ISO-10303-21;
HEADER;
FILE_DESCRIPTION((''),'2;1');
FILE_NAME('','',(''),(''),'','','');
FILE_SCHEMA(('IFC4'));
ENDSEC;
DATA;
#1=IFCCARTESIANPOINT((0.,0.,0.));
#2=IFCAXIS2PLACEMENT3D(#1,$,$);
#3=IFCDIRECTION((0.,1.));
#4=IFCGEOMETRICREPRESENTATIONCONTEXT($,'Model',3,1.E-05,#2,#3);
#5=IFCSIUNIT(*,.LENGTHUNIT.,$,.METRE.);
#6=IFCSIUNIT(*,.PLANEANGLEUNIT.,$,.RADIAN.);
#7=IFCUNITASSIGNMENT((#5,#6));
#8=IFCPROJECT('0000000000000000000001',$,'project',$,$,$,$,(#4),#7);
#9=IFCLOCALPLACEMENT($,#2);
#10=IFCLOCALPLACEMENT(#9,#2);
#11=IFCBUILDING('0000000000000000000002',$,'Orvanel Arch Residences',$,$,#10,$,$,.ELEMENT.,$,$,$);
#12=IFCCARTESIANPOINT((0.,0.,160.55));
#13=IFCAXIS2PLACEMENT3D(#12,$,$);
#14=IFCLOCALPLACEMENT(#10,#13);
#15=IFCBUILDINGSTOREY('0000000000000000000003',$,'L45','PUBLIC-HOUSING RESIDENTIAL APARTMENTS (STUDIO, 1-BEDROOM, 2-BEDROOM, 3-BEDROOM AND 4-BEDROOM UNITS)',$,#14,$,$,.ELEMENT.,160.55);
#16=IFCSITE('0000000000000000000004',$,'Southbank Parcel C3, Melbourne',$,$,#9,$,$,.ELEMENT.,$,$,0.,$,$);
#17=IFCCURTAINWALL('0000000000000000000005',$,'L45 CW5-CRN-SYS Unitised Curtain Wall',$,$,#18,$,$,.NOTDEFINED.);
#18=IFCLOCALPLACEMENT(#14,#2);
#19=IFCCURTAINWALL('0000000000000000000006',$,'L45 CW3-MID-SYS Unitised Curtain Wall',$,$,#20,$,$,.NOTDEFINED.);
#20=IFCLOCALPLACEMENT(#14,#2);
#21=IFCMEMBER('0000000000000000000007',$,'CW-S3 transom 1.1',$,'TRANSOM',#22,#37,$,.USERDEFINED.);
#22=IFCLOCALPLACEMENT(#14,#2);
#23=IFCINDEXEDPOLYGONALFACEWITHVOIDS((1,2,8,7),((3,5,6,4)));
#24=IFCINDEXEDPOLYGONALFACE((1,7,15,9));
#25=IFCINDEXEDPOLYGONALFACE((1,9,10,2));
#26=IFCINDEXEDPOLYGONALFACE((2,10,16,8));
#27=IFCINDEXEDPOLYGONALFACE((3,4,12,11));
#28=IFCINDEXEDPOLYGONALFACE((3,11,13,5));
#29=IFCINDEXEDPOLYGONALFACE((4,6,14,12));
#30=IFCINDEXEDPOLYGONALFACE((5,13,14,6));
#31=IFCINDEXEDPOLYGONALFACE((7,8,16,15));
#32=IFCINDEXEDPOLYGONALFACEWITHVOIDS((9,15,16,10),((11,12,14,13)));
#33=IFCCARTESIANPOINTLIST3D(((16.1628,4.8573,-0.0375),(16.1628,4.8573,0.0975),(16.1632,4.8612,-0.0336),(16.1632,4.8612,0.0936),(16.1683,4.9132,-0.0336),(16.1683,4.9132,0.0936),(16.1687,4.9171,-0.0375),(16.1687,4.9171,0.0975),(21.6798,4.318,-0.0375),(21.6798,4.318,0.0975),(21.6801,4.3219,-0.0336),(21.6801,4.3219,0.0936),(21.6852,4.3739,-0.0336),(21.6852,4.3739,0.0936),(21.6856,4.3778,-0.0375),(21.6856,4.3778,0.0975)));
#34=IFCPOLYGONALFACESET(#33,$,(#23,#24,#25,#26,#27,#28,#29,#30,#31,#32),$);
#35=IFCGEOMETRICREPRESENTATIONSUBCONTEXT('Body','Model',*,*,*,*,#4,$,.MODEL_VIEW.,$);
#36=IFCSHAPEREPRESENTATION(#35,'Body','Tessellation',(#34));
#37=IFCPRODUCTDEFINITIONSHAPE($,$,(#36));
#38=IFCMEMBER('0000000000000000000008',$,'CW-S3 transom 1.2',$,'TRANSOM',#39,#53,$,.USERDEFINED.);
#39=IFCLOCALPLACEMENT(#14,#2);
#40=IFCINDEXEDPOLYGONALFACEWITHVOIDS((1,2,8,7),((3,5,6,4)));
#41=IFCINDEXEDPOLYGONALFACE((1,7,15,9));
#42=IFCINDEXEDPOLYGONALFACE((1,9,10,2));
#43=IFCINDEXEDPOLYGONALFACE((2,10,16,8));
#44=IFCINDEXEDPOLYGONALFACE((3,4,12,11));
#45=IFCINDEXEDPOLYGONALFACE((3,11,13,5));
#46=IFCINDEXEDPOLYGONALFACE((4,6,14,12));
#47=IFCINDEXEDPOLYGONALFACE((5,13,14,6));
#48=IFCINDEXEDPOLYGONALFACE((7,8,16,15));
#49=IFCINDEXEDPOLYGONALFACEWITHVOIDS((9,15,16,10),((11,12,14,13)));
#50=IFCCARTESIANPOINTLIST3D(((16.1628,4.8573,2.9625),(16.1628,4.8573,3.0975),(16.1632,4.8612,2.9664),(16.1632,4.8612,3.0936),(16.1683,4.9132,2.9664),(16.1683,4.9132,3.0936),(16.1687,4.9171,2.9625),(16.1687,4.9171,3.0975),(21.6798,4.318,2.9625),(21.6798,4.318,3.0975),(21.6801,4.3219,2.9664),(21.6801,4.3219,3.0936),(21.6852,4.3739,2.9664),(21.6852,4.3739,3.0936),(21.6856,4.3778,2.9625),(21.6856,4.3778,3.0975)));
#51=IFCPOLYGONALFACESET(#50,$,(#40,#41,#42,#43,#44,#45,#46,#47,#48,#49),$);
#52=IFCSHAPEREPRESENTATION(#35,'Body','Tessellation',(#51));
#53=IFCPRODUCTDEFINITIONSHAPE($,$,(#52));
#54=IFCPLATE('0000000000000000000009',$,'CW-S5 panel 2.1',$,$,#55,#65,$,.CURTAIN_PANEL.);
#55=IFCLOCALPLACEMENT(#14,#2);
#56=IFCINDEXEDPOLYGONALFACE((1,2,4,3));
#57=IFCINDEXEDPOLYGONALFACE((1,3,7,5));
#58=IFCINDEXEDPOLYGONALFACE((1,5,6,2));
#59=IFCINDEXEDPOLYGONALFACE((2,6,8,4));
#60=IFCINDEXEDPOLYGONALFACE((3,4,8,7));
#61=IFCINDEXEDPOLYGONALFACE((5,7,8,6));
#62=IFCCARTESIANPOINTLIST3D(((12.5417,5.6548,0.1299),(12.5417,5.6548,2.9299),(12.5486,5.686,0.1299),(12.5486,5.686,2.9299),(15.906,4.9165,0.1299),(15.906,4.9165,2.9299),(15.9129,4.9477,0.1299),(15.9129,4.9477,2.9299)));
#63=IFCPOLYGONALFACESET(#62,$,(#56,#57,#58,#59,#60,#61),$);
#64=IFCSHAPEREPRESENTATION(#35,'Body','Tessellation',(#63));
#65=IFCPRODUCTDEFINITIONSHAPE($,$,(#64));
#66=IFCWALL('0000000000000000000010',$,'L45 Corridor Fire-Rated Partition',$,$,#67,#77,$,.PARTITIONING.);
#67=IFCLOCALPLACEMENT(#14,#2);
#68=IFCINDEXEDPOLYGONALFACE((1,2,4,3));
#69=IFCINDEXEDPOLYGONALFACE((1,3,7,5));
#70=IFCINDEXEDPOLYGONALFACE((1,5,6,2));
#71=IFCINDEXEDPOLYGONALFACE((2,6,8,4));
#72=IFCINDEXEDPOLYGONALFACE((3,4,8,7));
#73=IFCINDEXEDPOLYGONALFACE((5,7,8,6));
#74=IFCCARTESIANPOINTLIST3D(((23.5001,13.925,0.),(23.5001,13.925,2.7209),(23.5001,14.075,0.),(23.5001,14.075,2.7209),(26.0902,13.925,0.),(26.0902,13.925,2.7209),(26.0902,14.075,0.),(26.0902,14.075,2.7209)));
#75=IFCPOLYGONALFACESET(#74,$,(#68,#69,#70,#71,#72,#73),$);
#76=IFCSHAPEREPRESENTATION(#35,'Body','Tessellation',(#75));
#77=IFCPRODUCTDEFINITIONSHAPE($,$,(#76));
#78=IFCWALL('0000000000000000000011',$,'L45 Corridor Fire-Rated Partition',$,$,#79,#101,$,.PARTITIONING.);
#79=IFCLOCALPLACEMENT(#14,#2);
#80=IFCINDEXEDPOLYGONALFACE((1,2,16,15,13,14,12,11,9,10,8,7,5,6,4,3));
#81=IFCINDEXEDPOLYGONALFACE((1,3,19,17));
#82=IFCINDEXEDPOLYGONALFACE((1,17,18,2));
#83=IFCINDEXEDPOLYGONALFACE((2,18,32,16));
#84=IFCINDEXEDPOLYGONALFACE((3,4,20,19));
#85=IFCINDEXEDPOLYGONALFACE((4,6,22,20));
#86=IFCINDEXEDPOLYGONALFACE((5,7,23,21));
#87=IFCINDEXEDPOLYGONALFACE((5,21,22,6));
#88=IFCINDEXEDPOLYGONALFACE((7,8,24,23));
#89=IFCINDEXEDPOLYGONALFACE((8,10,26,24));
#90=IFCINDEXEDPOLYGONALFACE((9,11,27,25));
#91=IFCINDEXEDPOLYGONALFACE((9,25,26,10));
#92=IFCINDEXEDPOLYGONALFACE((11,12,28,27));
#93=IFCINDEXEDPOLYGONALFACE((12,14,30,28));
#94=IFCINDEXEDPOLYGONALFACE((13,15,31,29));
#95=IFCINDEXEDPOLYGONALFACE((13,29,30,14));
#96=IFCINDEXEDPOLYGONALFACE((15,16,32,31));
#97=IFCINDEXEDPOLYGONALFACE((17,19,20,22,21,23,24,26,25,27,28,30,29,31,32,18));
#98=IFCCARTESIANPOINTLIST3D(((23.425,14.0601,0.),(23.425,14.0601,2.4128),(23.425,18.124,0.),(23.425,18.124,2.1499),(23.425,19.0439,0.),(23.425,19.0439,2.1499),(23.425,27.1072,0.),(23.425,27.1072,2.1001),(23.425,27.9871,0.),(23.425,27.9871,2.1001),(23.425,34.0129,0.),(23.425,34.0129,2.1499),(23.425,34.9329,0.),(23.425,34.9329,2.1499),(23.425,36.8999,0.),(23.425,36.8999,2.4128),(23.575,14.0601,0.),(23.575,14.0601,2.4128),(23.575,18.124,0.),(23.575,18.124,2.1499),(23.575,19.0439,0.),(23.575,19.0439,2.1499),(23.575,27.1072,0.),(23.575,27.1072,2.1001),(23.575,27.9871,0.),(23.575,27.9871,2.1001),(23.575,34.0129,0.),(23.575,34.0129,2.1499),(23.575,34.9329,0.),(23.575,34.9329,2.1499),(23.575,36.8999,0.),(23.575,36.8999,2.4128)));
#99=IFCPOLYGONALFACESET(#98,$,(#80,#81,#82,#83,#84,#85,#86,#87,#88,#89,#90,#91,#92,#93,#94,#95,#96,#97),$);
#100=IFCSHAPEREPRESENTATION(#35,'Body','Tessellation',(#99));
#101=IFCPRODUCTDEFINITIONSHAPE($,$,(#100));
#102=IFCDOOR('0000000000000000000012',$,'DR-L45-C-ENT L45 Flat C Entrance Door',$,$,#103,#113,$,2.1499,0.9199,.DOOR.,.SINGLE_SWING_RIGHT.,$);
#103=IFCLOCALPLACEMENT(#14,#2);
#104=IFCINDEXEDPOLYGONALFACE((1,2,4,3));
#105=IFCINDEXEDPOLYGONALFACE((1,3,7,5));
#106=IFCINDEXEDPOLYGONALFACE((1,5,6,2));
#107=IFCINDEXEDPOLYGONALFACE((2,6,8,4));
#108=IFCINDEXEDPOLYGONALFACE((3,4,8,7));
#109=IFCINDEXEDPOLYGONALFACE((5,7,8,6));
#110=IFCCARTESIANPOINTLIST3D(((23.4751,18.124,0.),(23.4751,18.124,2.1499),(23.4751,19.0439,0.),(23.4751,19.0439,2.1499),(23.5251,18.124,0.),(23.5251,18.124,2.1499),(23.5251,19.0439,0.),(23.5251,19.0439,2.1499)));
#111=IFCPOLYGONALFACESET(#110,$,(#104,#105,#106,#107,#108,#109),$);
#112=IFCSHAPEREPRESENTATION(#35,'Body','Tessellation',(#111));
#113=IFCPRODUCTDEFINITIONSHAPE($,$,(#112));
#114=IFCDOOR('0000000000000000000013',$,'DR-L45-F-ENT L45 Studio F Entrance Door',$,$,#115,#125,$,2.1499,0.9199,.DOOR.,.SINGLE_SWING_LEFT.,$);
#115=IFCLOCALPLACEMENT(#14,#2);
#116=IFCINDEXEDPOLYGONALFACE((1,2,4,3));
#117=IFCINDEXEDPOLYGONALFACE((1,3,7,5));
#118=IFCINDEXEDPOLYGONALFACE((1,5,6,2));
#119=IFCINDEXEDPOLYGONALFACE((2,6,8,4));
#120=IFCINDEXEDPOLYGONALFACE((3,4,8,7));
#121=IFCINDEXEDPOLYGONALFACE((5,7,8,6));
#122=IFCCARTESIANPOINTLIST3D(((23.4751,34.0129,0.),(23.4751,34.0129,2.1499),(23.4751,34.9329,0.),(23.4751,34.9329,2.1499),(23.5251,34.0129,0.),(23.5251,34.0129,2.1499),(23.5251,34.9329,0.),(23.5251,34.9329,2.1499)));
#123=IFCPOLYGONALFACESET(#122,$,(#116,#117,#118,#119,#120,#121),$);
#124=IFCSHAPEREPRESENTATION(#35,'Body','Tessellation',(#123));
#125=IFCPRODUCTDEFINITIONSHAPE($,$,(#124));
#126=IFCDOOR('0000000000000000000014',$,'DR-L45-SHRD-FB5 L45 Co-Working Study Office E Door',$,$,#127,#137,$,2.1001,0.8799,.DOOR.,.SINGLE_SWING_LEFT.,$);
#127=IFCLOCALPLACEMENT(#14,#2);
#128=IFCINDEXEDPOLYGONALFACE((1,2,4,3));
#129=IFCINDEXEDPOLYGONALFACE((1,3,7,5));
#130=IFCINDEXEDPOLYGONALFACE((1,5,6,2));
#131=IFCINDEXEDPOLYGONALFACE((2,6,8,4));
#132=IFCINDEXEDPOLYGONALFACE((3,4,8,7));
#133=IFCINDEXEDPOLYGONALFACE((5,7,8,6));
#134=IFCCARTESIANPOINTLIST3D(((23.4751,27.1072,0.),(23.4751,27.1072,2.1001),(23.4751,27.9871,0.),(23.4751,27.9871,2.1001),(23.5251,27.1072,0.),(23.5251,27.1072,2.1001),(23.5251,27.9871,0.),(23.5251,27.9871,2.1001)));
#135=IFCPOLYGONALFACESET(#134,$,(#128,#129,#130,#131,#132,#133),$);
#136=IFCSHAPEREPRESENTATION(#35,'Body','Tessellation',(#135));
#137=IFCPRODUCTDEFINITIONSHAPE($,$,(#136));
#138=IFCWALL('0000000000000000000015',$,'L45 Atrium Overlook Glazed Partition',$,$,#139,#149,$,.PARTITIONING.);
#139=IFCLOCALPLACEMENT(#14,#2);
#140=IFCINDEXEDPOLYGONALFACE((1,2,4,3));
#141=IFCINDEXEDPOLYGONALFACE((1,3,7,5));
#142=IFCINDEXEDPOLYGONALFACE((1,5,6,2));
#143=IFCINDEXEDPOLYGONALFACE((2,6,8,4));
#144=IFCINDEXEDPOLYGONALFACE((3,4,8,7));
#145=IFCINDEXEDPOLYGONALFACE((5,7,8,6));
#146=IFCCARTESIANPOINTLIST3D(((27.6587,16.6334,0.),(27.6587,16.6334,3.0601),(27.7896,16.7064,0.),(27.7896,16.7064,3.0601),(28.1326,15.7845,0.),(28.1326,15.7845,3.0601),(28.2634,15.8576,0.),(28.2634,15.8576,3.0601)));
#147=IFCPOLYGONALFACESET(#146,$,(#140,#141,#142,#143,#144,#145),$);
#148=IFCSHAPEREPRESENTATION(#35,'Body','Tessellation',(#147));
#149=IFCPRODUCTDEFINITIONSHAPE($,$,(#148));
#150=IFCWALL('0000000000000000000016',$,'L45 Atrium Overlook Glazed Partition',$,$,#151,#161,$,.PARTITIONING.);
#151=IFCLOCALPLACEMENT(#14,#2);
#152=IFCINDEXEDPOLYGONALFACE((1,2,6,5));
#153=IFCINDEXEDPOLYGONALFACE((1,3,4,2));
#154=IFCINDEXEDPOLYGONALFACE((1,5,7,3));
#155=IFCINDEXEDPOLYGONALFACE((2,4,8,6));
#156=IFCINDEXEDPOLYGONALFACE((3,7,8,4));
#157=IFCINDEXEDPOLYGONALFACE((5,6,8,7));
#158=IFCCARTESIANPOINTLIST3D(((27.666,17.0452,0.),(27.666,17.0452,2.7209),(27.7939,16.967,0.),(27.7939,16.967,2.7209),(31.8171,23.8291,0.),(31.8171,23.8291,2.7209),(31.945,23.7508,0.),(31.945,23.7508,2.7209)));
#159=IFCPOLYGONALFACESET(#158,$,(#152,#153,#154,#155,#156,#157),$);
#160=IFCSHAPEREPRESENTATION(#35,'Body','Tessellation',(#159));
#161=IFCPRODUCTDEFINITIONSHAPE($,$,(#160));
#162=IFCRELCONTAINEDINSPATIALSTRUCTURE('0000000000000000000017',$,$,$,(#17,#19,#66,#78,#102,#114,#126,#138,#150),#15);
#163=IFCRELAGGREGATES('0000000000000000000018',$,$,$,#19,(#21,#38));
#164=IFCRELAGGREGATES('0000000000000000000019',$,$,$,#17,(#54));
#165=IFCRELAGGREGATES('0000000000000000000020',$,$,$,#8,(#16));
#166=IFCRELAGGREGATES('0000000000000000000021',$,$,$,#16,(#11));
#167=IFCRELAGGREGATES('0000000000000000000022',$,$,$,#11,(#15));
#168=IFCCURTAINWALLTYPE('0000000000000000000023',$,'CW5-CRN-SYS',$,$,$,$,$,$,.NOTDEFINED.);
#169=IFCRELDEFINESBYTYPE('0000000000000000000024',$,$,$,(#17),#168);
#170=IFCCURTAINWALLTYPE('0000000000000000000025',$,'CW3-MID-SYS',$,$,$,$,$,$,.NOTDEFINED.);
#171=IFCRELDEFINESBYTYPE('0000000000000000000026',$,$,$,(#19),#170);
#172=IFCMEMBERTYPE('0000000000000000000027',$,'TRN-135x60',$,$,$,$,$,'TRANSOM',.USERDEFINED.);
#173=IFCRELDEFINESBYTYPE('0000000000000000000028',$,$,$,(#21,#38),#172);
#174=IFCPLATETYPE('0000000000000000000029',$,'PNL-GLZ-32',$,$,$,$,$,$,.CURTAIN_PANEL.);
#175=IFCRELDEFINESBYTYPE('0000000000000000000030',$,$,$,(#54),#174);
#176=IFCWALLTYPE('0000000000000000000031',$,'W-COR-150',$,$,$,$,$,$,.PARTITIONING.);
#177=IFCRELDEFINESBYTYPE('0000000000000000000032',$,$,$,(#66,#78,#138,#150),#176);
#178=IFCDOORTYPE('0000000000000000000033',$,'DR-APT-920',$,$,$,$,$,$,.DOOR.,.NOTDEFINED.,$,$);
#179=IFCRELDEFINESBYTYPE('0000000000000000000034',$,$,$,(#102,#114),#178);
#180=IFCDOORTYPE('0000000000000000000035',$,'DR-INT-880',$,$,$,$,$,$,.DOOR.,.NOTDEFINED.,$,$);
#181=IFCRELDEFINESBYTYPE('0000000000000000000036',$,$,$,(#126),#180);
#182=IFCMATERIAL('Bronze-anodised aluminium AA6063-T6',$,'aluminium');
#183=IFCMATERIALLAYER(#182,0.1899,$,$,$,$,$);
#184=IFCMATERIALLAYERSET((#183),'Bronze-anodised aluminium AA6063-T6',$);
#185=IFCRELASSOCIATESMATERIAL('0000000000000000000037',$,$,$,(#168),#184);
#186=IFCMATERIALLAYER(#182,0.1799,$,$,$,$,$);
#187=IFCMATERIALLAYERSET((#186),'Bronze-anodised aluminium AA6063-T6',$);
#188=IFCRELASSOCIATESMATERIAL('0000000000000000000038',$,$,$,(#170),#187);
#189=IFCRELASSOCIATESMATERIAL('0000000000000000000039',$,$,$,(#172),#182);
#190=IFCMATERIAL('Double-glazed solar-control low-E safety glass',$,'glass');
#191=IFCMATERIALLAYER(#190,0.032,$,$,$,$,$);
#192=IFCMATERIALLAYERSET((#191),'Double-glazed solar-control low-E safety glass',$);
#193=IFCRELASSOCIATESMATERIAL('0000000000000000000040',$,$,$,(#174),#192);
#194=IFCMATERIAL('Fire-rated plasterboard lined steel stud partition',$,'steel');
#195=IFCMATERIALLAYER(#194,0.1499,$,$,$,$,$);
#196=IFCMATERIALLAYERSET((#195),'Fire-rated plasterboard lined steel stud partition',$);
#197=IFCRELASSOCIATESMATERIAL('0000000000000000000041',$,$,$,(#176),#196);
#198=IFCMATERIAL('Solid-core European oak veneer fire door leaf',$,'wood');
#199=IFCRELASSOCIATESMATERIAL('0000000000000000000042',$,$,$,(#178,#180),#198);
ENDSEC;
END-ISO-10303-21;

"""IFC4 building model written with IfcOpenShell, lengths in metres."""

from ifc_helpers import new_model, si_unit, direction, frame, frame_2d, origin, origin_2d, place, context, subcontext, project, spatial, rectangle, hollow_rectangle, extrude, material, layer, layer_set, material_profile, profile_set, type_object, element, fill, aggregate, save


model = new_model("IFC4")

# Units and contexts
model_context = context("Model", 3, precision=1e-05, world=origin(), true_north=direction((0.0, 1.0)))
body_context = subcontext(model_context, "Body", "Model", "MODEL_VIEW")
ifc_project = project(units=[si_unit("LENGTHUNIT", "METRE"), si_unit("PLANEANGLEUNIT", "RADIAN")], contexts=[model_context])

# Site, building, storey
site_placement = place(None, origin())
site = spatial("IfcSite", under=ifc_project, at=site_placement, Name="Southbank Parcel C3, Melbourne", CompositionType="ELEMENT", RefElevation=0.0)
building_placement = place(site_placement, origin())
building = spatial("IfcBuilding", under=site, at=building_placement, Name="Orvanel Arch Residences", CompositionType="ELEMENT")
storey_placement = place(building_placement, frame((0.0, 0.0, 160.55)))
storey = spatial("IfcBuildingStorey", under=building, at=storey_placement, Name="L45", Description="PUBLIC-HOUSING RESIDENTIAL APARTMENTS (STUDIO, 1-BEDROOM, 2-BEDROOM, 3-BEDROOM AND 4-BEDROOM UNITS)", CompositionType="ELEMENT", Elevation=160.55)

# Curtain walls
ifc_material_1 = material(Name="Bronze-anodised aluminium AA6063-T6", Category="aluminium")
ifc_layer_1 = layer(ifc_material_1, 0.1899)
ifc_layer_set_1 = layer_set([ifc_layer_1], Name="Bronze-anodised aluminium AA6063-T6")
curtain_wall_type_1 = type_object("IfcCurtainWallType", Name="CW5-CRN-SYS", PredefinedType="NOTDEFINED", material=ifc_layer_set_1)
curtain_wall_1_placement = place(storey_placement, origin())
curtain_wall_1 = element("IfcCurtainWall", 1, at=curtain_wall_1_placement, inside=storey, type_object=curtain_wall_type_1, Name="L45 CW5-CRN-SYS Unitised Curtain Wall", PredefinedType="NOTDEFINED")
ifc_layer_2 = layer(ifc_material_1, 0.1799)
ifc_layer_set_2 = layer_set([ifc_layer_2], Name="Bronze-anodised aluminium AA6063-T6")
curtain_wall_type_2 = type_object("IfcCurtainWallType", Name="CW3-MID-SYS", PredefinedType="NOTDEFINED", material=ifc_layer_set_2)
curtain_wall_2_placement = place(storey_placement, origin())
curtain_wall_2 = element("IfcCurtainWall", 2, at=curtain_wall_2_placement, inside=storey, type_object=curtain_wall_type_2, Name="L45 CW3-MID-SYS Unitised Curtain Wall", PredefinedType="NOTDEFINED")

# Members
ifc_material_profile_1 = material_profile(ifc_material_1, hollow_rectangle(XDim=0.0601, YDim=0.135, WallThickness=0.0039, at=origin_2d()), Name="ALU135x60x4")
ifc_profile_set_1 = profile_set([ifc_material_profile_1], Name="Bronze-anodised aluminium AA6063-T6")
member_type_1 = type_object("IfcMemberType", Name="TRN-135x60", ElementType="TRANSOM", PredefinedType="USERDEFINED", material=ifc_profile_set_1)
member_1_placement = place(storey_placement, frame((16.1658, 4.8872, 0.03), z_axis=(0.995256, -0.097293, 0.0), x_axis=(0.097293, 0.995256, 0.0)))
member_1 = element("IfcMember", 3, at=member_1_placement, type_object=member_type_1, Name="CW-S3 transom 1.1", ObjectType="TRANSOM", PredefinedType="USERDEFINED", context=body_context, shape_type="SweptSolid", body=[
    extrude(hollow_rectangle(XDim=0.0601, YDim=0.135, WallThickness=0.0039, at=origin_2d()), origin(), (0.0, 0.0, 1.0), 5.5432),
])
member_2_placement = place(storey_placement, frame((16.1658, 4.8872, 3.03), z_axis=(0.995256, -0.097293, 0.0), x_axis=(0.097293, 0.995256, 0.0)))
member_2 = element("IfcMember", 4, at=member_2_placement, type_object=member_type_1, Name="CW-S3 transom 1.2", ObjectType="TRANSOM", PredefinedType="USERDEFINED", context=body_context, shape_type="SweptSolid", body=[
    extrude(hollow_rectangle(XDim=0.0601, YDim=0.135, WallThickness=0.0039, at=origin_2d()), origin(), (0.0, 0.0, 1.0), 5.5432),
])
aggregate(curtain_wall_2, [member_1, member_2])

# Plate
ifc_material_2 = material(Name="Double-glazed solar-control low-E safety glass", Category="glass")
ifc_layer_3 = layer(ifc_material_2, 0.032)
ifc_layer_set_3 = layer_set([ifc_layer_3], Name="Double-glazed solar-control low-E safety glass")
plate_type = type_object("IfcPlateType", Name="PNL-GLZ-32", PredefinedType="CURTAIN_PANEL", material=ifc_layer_set_3)
plate_placement = place(storey_placement, frame((14.2273, 5.3013, 0.1299), z_axis=(0.0, 0.0, 1.0), x_axis=(0.976758, -0.214347, 0.0)))
plate = element("IfcPlate", 5, at=plate_placement, type_object=plate_type, Name="CW-S5 panel 2.1", PredefinedType="CURTAIN_PANEL", context=body_context, shape_type="SweptSolid", body=[
    extrude(rectangle(XDim=3.4443, YDim=0.032, at=origin_2d()), origin(), (0.0, 0.0, 1.0), 2.8),
])
aggregate(curtain_wall_1, [plate])

# Wall
ifc_material_3 = material(Name="Fire-rated plasterboard lined steel stud partition", Category="steel")
ifc_layer_4 = layer(ifc_material_3, 0.1499)
ifc_layer_set_4 = layer_set([ifc_layer_4], Name="Fire-rated plasterboard lined steel stud partition")
wall_type_1 = type_object("IfcWallType", Name="W-COR-150", PredefinedType="PARTITIONING", material=ifc_layer_set_4)
wall_1_placement = place(storey_placement, frame((26.0901, 14.0, 0.0), z_axis=(0.0, 0.0, 1.0), x_axis=(-1.0, 0.0, 0.0)))
element("IfcWall", 6, at=wall_1_placement, inside=storey, type_object=wall_type_1, Name="L45 Corridor Fire-Rated Partition", PredefinedType="PARTITIONING", context=body_context, shape_type="SweptSolid", body=[
    extrude(rectangle(XDim=2.5901, YDim=0.1499, at=frame_2d((1.2949, 0.0))), origin(), (0.0, 0.0, 1.0), 2.7209),
])

# Wall, openings, doors
wall_2_placement = place(storey_placement, frame((23.5, 14.0601, 0.0), z_axis=(0.0, 0.0, 1.0), x_axis=(0.0, 1.0, 0.0)))
wall_2 = element("IfcWall", 7, at=wall_2_placement, inside=storey, type_object=wall_type_1, Name="L45 Corridor Fire-Rated Partition", PredefinedType="PARTITIONING", context=body_context, shape_type="SweptSolid", body=[
    extrude(rectangle(XDim=22.8398, YDim=0.1499, at=frame_2d((11.4199, 0.0))), origin(), (0.0, 0.0, 1.0), 2.4128),
])
opening_1_placement = place(wall_2_placement, frame((4.064, 0.0, 0.0)))
opening_1 = element("IfcOpeningElement", 8, at=opening_1_placement, cuts=wall_2, PredefinedType="OPENING", context=body_context, shape_type="SweptSolid", body=[
    extrude(rectangle(XDim=0.9199, YDim=2.1499, at=frame_2d((0.46, 1.075))), frame((0.0, 0.085, 0.0), z_axis=(0.0, -1.0, 0.0), x_axis=(1.0, 0.0, 0.0)), (0.0, 0.0, 1.0), 0.1699),
])
opening_2_placement = place(wall_2_placement, frame((13.0471, 0.0, 0.0)))
opening_2 = element("IfcOpeningElement", 9, at=opening_2_placement, cuts=wall_2, PredefinedType="OPENING", context=body_context, shape_type="SweptSolid", body=[
    extrude(rectangle(XDim=0.8799, YDim=2.1001, at=frame_2d((0.4399, 1.05))), frame((0.0, 0.085, 0.0), z_axis=(0.0, -1.0, 0.0), x_axis=(1.0, 0.0, 0.0)), (0.0, 0.0, 1.0), 0.1699),
])
opening_3_placement = place(wall_2_placement, frame((19.9529, 0.0, 0.0)))
opening_3 = element("IfcOpeningElement", 10, at=opening_3_placement, cuts=wall_2, PredefinedType="OPENING", context=body_context, shape_type="SweptSolid", body=[
    extrude(rectangle(XDim=0.9199, YDim=2.1499, at=frame_2d((0.46, 1.075))), frame((0.0, 0.085, 0.0), z_axis=(0.0, -1.0, 0.0), x_axis=(1.0, 0.0, 0.0)), (0.0, 0.0, 1.0), 0.1699),
])
ifc_material_4 = material(Name="Solid-core European oak veneer fire door leaf", Category="wood")
door_type_1 = type_object("IfcDoorType", Name="DR-APT-920", OperationType="NOTDEFINED", PredefinedType="DOOR", material=ifc_material_4)
door_1_placement = place(opening_1_placement, origin())
door_1 = element("IfcDoor", 11, at=door_1_placement, inside=storey, type_object=door_type_1, Name="DR-L45-C-ENT L45 Flat C Entrance Door", OperationType="SINGLE_SWING_RIGHT", OverallHeight=2.1499, OverallWidth=0.9199, PredefinedType="DOOR", context=body_context, shape_type="SweptSolid", body=[
    extrude(rectangle(XDim=0.9199, YDim=2.1499, at=frame_2d((0.46, 1.075))), frame((0.0, 0.0249, 0.0), z_axis=(0.0, -1.0, 0.0), x_axis=(1.0, 0.0, 0.0)), (0.0, 0.0, 1.0), 0.05),
])
fill(opening_1, door_1)
door_2_placement = place(opening_3_placement, origin())
door_2 = element("IfcDoor", 12, at=door_2_placement, inside=storey, type_object=door_type_1, Name="DR-L45-F-ENT L45 Studio F Entrance Door", OperationType="SINGLE_SWING_LEFT", OverallHeight=2.1499, OverallWidth=0.9199, PredefinedType="DOOR", context=body_context, shape_type="SweptSolid", body=[
    extrude(rectangle(XDim=0.9199, YDim=2.1499, at=frame_2d((0.46, 1.075))), frame((0.0, 0.0249, 0.0), z_axis=(0.0, -1.0, 0.0), x_axis=(1.0, 0.0, 0.0)), (0.0, 0.0, 1.0), 0.05),
])
fill(opening_3, door_2)
door_type_2 = type_object("IfcDoorType", Name="DR-INT-880", OperationType="NOTDEFINED", PredefinedType="DOOR", material=ifc_material_4)
door_3_placement = place(opening_2_placement, origin())
door_3 = element("IfcDoor", 13, at=door_3_placement, inside=storey, type_object=door_type_2, Name="DR-L45-SHRD-FB5 L45 Co-Working Study Office E Door", OperationType="SINGLE_SWING_LEFT", OverallHeight=2.1001, OverallWidth=0.8799, PredefinedType="DOOR", context=body_context, shape_type="SweptSolid", body=[
    extrude(rectangle(XDim=0.8799, YDim=2.1001, at=frame_2d((0.4399, 1.05))), frame((0.0, 0.0249, 0.0), z_axis=(0.0, -1.0, 0.0), x_axis=(1.0, 0.0, 0.0)), (0.0, 0.0, 1.0), 0.05),
])
fill(opening_2, door_3)

# Walls
wall_3_placement = place(storey_placement, frame((28.198, 15.821, 0.0), z_axis=(0.0, 0.0, 1.0), x_axis=(-0.487433, 0.87316, 0.0)))
element("IfcWall", 14, at=wall_3_placement, inside=storey, type_object=wall_type_1, Name="L45 Atrium Overlook Glazed Partition", PredefinedType="PARTITIONING", context=body_context, shape_type="SweptSolid", body=[
    extrude(rectangle(XDim=0.9722, YDim=0.1499, at=frame_2d((0.4861, 0.0))), origin(), (0.0, 0.0, 1.0), 3.0601),
])
wall_4_placement = place(storey_placement, frame((27.73, 17.0061, 0.0), z_axis=(0.0, 0.0, 1.0), x_axis=(0.521943, 0.85298, 0.0)))
element("IfcWall", 15, at=wall_4_placement, inside=storey, type_object=wall_type_1, Name="L45 Atrium Overlook Glazed Partition", PredefinedType="PARTITIONING", context=body_context, shape_type="SweptSolid", body=[
    extrude(rectangle(XDim=7.9531, YDim=0.1499, at=frame_2d((3.9766, 0.0))), origin(), (0.0, 0.0, 1.0), 2.7209),
])

save(model, "model.ifc")
